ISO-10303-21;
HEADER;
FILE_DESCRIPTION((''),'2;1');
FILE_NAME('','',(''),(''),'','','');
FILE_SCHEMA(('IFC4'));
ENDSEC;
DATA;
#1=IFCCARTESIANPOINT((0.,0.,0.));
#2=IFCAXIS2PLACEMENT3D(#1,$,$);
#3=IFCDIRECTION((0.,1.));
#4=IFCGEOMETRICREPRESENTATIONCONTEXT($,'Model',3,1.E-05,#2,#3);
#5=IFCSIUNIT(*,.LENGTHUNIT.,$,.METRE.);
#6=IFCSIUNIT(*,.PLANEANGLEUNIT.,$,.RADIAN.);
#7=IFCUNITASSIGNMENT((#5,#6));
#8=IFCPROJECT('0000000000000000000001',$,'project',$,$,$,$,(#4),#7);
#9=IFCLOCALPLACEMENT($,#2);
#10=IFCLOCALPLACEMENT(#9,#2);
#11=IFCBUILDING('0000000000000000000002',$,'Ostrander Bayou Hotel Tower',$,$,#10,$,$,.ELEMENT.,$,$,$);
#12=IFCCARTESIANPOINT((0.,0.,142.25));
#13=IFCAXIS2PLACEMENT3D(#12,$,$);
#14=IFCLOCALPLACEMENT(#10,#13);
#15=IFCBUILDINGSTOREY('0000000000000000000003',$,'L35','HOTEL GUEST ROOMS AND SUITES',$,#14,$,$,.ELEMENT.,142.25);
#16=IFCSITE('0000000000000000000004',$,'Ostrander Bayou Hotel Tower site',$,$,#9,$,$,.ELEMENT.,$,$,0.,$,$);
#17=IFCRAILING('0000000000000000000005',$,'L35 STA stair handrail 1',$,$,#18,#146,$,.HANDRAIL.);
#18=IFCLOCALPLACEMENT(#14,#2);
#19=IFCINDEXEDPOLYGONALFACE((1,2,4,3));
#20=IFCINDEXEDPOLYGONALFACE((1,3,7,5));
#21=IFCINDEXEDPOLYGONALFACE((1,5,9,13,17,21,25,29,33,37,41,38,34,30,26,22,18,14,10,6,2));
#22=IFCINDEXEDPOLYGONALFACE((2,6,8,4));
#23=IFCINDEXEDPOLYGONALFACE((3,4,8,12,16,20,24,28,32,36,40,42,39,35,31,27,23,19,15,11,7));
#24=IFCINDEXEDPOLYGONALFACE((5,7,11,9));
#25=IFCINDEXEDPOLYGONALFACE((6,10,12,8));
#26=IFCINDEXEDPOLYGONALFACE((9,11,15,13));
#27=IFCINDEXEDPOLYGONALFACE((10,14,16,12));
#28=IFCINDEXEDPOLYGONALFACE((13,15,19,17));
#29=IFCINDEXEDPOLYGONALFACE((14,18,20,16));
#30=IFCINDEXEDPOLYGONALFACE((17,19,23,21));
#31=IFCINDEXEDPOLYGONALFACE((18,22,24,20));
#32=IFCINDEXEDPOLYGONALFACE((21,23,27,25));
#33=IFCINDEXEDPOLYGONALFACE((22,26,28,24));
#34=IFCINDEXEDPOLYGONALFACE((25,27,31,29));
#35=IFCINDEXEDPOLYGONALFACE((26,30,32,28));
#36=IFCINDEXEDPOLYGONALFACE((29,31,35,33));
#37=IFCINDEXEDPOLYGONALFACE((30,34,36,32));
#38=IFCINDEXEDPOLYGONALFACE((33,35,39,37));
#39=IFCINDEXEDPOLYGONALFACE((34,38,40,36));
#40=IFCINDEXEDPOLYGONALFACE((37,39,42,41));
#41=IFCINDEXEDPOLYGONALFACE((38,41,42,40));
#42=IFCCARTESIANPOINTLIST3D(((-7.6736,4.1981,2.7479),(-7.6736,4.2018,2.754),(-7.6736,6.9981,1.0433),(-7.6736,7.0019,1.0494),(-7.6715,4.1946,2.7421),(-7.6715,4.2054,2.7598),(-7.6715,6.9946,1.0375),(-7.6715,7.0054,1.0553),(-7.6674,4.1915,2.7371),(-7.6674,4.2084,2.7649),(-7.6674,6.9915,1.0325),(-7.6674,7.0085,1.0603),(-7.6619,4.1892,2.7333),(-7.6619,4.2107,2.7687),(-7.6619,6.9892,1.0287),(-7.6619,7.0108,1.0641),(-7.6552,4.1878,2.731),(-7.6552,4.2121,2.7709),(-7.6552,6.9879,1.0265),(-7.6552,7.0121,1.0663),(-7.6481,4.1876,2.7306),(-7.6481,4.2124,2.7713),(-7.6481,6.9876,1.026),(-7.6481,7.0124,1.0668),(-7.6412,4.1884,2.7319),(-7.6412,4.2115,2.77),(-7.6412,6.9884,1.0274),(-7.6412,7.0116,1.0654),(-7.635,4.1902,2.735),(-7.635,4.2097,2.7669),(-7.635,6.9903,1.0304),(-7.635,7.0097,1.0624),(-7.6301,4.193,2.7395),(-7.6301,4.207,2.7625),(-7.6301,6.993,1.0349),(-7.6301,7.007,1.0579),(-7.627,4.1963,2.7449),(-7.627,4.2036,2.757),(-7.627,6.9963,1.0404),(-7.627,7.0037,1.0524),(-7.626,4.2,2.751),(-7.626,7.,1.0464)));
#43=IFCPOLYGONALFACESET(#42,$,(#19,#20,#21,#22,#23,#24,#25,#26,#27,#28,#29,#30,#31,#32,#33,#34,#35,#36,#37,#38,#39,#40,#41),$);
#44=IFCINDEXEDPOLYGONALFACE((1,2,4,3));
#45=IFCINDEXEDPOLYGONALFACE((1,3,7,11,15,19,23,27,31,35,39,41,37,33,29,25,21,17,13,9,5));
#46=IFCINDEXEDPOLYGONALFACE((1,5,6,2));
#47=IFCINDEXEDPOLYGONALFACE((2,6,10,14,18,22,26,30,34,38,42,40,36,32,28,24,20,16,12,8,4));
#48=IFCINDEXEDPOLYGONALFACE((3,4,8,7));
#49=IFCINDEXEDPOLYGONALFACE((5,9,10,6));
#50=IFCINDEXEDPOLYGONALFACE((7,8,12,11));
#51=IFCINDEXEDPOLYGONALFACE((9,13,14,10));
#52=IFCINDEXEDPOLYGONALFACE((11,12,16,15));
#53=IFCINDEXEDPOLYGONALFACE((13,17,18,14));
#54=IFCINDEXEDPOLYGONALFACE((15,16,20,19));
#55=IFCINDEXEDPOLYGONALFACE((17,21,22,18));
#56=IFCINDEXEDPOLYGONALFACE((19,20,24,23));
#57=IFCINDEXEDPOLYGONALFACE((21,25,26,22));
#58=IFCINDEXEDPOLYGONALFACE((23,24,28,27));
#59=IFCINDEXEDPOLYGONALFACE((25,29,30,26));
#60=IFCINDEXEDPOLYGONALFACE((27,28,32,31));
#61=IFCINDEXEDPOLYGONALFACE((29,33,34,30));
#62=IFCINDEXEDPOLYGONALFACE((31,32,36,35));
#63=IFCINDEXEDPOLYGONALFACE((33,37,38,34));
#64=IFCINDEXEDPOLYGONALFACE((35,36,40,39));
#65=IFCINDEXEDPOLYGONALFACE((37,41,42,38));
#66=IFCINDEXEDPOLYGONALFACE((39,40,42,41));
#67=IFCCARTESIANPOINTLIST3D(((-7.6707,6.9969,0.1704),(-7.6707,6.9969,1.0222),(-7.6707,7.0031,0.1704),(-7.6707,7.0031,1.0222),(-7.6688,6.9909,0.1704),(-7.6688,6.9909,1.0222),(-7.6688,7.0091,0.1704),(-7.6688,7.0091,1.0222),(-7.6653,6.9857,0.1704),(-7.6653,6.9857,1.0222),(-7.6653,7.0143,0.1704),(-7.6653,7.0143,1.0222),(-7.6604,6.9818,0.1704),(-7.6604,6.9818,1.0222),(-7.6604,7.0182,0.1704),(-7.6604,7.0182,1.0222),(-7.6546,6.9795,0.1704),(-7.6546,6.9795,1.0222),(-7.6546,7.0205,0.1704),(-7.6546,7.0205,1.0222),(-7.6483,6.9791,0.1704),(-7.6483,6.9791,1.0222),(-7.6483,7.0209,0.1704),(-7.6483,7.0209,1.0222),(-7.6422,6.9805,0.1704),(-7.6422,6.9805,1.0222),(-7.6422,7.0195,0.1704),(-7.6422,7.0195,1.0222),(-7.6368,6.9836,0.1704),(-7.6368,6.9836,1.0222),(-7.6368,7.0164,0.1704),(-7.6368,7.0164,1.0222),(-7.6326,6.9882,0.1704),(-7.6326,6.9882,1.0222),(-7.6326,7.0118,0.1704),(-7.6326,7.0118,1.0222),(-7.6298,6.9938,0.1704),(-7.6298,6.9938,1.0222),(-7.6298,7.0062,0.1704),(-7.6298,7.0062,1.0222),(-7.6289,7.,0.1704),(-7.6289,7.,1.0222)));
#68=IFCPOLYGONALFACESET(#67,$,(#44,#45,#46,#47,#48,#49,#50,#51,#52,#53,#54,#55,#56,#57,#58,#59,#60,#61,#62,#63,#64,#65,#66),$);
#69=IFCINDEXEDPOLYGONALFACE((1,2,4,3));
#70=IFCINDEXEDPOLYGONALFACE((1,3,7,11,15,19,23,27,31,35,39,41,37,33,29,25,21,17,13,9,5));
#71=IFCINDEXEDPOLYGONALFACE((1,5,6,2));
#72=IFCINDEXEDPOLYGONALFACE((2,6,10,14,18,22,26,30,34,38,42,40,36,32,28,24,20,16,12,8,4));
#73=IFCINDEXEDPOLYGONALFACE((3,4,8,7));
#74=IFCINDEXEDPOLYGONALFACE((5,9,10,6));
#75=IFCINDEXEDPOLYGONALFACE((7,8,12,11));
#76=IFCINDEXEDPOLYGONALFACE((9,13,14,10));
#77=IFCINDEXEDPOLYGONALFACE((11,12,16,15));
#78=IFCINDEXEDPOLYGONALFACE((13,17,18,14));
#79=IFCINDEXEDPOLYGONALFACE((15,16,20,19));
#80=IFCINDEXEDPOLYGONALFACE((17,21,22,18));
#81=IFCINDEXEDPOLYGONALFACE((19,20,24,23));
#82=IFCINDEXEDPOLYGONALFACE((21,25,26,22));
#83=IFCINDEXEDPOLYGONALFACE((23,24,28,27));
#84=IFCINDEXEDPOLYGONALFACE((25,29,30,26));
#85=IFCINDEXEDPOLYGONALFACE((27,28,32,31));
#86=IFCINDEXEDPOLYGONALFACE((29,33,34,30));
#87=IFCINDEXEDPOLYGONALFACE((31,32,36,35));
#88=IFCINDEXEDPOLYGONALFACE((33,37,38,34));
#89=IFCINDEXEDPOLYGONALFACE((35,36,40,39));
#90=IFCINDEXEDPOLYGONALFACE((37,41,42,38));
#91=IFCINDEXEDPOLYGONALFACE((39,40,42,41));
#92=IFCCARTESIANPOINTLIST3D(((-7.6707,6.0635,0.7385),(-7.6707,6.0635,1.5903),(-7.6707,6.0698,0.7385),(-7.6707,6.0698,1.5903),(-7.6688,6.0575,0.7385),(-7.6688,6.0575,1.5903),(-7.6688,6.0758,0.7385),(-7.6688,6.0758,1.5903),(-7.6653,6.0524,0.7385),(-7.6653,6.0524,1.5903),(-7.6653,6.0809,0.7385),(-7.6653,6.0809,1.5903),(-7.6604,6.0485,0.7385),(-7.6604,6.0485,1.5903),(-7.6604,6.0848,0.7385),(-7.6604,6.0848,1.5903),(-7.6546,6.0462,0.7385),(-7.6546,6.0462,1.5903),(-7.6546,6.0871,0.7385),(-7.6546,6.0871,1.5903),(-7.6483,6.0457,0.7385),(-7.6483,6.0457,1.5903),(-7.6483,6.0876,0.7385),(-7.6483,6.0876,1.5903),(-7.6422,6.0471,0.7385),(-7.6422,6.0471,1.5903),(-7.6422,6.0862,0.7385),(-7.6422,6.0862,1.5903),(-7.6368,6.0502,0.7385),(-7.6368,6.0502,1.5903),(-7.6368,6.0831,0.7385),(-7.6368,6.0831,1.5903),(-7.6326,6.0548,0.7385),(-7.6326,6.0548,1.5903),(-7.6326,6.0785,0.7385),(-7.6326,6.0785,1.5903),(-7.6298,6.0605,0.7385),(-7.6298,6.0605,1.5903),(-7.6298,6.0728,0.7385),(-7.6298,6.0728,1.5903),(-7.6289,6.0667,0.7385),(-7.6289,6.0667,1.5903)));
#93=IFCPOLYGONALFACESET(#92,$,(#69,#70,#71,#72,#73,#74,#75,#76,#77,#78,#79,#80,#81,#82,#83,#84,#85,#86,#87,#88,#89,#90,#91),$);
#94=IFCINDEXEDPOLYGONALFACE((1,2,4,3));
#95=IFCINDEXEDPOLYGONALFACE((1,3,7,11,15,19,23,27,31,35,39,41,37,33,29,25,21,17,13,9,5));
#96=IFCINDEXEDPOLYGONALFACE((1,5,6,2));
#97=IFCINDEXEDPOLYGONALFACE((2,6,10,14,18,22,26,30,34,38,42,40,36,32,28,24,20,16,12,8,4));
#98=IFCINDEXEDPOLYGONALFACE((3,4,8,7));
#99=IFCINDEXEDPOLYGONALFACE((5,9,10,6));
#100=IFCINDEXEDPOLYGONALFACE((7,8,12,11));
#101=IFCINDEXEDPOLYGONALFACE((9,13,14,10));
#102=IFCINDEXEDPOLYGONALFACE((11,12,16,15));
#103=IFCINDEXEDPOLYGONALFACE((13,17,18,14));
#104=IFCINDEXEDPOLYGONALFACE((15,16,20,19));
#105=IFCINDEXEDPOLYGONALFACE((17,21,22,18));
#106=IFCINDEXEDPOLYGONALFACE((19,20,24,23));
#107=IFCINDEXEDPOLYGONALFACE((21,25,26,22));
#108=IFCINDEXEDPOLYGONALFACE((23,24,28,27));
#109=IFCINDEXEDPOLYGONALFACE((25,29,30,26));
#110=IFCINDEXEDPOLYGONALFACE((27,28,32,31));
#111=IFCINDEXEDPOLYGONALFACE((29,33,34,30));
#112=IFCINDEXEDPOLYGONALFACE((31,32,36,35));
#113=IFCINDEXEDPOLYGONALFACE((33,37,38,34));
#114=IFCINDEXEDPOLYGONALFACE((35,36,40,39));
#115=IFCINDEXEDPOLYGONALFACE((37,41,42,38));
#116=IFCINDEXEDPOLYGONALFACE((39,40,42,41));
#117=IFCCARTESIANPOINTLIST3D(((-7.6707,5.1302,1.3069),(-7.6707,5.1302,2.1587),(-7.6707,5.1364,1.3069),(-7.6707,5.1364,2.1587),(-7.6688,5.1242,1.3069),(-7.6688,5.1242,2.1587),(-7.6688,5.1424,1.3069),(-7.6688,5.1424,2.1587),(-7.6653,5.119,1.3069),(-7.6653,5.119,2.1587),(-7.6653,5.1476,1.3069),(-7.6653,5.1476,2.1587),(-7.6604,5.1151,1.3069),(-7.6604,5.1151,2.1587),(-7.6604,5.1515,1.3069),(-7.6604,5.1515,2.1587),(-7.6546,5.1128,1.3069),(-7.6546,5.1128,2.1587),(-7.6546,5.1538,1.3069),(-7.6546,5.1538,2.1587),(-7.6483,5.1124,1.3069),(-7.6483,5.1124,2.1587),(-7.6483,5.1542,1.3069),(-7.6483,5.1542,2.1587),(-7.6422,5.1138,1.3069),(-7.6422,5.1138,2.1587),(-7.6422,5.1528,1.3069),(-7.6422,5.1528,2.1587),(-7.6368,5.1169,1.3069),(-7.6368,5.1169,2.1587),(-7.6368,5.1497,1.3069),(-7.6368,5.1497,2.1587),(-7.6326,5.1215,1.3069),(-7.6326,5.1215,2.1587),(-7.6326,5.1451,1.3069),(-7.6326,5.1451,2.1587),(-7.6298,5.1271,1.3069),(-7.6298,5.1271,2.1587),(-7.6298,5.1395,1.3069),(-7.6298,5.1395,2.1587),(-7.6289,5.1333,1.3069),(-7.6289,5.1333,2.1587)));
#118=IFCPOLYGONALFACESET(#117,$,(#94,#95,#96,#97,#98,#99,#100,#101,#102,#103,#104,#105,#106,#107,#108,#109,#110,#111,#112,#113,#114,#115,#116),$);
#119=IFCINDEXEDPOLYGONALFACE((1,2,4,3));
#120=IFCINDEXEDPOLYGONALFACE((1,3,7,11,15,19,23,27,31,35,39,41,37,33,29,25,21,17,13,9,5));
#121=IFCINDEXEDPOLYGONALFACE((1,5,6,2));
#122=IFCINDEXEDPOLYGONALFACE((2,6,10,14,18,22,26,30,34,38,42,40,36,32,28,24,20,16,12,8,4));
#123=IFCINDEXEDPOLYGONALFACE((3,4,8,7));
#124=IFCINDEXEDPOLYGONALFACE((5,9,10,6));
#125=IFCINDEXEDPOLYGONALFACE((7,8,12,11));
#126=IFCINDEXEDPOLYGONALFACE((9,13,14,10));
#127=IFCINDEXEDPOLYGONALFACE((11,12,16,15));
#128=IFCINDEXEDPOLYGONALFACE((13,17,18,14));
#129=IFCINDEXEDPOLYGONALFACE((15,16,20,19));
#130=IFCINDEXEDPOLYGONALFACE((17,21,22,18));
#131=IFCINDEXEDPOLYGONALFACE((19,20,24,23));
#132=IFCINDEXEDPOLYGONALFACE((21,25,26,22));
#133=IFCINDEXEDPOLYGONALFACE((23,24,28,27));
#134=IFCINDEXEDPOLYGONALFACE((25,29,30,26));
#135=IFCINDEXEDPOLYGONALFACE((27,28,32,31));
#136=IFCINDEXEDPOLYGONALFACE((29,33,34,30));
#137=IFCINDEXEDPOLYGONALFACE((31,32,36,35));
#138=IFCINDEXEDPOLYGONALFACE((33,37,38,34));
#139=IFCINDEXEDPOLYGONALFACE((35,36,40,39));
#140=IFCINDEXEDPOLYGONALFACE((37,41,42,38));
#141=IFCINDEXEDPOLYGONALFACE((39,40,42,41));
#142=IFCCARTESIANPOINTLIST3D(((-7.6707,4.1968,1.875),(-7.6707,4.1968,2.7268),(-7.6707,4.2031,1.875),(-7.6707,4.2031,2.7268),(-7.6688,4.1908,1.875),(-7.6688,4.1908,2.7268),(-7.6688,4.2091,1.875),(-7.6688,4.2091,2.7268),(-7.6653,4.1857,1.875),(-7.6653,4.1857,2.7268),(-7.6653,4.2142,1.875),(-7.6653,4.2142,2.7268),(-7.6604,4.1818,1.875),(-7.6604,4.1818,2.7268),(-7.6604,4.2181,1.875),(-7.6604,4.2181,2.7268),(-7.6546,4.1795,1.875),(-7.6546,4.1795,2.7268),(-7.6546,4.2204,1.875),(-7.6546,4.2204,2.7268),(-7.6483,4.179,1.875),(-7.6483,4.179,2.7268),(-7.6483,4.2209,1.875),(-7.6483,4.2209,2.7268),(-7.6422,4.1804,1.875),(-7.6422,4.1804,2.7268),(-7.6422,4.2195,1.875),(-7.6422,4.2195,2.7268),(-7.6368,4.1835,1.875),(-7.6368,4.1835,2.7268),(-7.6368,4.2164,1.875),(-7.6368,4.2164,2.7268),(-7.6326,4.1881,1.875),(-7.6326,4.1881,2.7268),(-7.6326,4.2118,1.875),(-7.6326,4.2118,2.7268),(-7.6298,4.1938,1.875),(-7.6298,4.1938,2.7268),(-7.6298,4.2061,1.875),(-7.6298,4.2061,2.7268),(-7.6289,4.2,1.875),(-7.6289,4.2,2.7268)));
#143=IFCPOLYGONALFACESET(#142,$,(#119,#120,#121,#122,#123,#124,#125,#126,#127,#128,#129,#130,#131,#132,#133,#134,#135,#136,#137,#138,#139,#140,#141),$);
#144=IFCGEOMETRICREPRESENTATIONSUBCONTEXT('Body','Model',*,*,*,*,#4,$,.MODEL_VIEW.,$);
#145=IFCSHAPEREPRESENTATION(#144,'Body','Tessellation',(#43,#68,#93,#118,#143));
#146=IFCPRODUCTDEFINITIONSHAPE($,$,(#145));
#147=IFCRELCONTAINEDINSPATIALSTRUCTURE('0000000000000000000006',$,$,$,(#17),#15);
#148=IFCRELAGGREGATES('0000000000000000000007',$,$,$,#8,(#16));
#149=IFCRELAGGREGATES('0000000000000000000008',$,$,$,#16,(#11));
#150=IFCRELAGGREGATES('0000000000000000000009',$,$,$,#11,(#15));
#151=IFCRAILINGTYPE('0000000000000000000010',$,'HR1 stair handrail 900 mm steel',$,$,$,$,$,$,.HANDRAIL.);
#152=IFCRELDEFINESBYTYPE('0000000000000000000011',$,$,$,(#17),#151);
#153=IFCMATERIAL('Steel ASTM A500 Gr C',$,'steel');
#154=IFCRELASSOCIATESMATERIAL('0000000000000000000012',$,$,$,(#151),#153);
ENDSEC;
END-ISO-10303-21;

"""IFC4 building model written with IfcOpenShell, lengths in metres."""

from ifc_helpers import new_model, si_unit, direction, frame, origin, origin_2d, place, context, subcontext, project, spatial, circle, extrude, material, type_object, element, save


model = new_model("IFC4")

# Units and contexts
model_context = context("Model", 3, precision=1e-05, world=origin(), true_north=direction((0.0, 1.0)))
body_context = subcontext(model_context, "Body", "Model", "MODEL_VIEW")
ifc_project = project(units=[si_unit("LENGTHUNIT", "METRE"), si_unit("PLANEANGLEUNIT", "RADIAN")], contexts=[model_context])

# Site, building, storey
site_placement = place(None, origin())
site = spatial("IfcSite", under=ifc_project, at=site_placement, Name="Ostrander Bayou Hotel Tower site", CompositionType="ELEMENT", RefElevation=0.0)
building_placement = place(site_placement, origin())
building = spatial("IfcBuilding", under=site, at=building_placement, Name="Ostrander Bayou Hotel Tower", CompositionType="ELEMENT")
storey_placement = place(building_placement, frame((0.0, 0.0, 142.25)))
storey = spatial("IfcBuildingStorey", under=building, at=storey_placement, Name="L35", Description="HOTEL GUEST ROOMS AND SUITES", CompositionType="ELEMENT", Elevation=142.25)

# Railing
ifc_material_1 = material(Name="Steel ASTM A500 Gr C", Category="steel")
railing_type = type_object("IfcRailingType", Name="HR1 stair handrail 900 mm steel", PredefinedType="HANDRAIL", material=ifc_material_1)
railing_placement = place(storey_placement, frame((-7.6499, 7.0, 0.1704)))
element("IfcRailing", 1, at=railing_placement, inside=storey, type_object=railing_type, Name="L35 STA stair handrail 1", PredefinedType="HANDRAIL", context=body_context, shape_type="SweptSolid", body=[
    extrude(circle(Radius=0.0239, at=origin_2d()), frame((0.0, 0.0, 0.876), z_axis=(0.0, -0.85417, 0.519994), x_axis=(1.0, 0.0, 0.0)), (0.0, 0.0, 1.0), 3.2781),
    extrude(circle(Radius=0.021, at=origin_2d()), origin(), (0.0, 0.0, 1.0), 0.8518),
    extrude(circle(Radius=0.021, at=origin_2d()), frame((0.0, -0.9333, 0.5681)), (0.0, 0.0, 1.0), 0.8518),
    extrude(circle(Radius=0.021, at=origin_2d()), frame((0.0, -1.8667, 1.1365)), (0.0, 0.0, 1.0), 0.8518),
    extrude(circle(Radius=0.021, at=origin_2d()), frame((0.0, -2.8, 1.7046)), (0.0, 0.0, 1.0), 0.8518),
])

save(model, "model.ifc")
